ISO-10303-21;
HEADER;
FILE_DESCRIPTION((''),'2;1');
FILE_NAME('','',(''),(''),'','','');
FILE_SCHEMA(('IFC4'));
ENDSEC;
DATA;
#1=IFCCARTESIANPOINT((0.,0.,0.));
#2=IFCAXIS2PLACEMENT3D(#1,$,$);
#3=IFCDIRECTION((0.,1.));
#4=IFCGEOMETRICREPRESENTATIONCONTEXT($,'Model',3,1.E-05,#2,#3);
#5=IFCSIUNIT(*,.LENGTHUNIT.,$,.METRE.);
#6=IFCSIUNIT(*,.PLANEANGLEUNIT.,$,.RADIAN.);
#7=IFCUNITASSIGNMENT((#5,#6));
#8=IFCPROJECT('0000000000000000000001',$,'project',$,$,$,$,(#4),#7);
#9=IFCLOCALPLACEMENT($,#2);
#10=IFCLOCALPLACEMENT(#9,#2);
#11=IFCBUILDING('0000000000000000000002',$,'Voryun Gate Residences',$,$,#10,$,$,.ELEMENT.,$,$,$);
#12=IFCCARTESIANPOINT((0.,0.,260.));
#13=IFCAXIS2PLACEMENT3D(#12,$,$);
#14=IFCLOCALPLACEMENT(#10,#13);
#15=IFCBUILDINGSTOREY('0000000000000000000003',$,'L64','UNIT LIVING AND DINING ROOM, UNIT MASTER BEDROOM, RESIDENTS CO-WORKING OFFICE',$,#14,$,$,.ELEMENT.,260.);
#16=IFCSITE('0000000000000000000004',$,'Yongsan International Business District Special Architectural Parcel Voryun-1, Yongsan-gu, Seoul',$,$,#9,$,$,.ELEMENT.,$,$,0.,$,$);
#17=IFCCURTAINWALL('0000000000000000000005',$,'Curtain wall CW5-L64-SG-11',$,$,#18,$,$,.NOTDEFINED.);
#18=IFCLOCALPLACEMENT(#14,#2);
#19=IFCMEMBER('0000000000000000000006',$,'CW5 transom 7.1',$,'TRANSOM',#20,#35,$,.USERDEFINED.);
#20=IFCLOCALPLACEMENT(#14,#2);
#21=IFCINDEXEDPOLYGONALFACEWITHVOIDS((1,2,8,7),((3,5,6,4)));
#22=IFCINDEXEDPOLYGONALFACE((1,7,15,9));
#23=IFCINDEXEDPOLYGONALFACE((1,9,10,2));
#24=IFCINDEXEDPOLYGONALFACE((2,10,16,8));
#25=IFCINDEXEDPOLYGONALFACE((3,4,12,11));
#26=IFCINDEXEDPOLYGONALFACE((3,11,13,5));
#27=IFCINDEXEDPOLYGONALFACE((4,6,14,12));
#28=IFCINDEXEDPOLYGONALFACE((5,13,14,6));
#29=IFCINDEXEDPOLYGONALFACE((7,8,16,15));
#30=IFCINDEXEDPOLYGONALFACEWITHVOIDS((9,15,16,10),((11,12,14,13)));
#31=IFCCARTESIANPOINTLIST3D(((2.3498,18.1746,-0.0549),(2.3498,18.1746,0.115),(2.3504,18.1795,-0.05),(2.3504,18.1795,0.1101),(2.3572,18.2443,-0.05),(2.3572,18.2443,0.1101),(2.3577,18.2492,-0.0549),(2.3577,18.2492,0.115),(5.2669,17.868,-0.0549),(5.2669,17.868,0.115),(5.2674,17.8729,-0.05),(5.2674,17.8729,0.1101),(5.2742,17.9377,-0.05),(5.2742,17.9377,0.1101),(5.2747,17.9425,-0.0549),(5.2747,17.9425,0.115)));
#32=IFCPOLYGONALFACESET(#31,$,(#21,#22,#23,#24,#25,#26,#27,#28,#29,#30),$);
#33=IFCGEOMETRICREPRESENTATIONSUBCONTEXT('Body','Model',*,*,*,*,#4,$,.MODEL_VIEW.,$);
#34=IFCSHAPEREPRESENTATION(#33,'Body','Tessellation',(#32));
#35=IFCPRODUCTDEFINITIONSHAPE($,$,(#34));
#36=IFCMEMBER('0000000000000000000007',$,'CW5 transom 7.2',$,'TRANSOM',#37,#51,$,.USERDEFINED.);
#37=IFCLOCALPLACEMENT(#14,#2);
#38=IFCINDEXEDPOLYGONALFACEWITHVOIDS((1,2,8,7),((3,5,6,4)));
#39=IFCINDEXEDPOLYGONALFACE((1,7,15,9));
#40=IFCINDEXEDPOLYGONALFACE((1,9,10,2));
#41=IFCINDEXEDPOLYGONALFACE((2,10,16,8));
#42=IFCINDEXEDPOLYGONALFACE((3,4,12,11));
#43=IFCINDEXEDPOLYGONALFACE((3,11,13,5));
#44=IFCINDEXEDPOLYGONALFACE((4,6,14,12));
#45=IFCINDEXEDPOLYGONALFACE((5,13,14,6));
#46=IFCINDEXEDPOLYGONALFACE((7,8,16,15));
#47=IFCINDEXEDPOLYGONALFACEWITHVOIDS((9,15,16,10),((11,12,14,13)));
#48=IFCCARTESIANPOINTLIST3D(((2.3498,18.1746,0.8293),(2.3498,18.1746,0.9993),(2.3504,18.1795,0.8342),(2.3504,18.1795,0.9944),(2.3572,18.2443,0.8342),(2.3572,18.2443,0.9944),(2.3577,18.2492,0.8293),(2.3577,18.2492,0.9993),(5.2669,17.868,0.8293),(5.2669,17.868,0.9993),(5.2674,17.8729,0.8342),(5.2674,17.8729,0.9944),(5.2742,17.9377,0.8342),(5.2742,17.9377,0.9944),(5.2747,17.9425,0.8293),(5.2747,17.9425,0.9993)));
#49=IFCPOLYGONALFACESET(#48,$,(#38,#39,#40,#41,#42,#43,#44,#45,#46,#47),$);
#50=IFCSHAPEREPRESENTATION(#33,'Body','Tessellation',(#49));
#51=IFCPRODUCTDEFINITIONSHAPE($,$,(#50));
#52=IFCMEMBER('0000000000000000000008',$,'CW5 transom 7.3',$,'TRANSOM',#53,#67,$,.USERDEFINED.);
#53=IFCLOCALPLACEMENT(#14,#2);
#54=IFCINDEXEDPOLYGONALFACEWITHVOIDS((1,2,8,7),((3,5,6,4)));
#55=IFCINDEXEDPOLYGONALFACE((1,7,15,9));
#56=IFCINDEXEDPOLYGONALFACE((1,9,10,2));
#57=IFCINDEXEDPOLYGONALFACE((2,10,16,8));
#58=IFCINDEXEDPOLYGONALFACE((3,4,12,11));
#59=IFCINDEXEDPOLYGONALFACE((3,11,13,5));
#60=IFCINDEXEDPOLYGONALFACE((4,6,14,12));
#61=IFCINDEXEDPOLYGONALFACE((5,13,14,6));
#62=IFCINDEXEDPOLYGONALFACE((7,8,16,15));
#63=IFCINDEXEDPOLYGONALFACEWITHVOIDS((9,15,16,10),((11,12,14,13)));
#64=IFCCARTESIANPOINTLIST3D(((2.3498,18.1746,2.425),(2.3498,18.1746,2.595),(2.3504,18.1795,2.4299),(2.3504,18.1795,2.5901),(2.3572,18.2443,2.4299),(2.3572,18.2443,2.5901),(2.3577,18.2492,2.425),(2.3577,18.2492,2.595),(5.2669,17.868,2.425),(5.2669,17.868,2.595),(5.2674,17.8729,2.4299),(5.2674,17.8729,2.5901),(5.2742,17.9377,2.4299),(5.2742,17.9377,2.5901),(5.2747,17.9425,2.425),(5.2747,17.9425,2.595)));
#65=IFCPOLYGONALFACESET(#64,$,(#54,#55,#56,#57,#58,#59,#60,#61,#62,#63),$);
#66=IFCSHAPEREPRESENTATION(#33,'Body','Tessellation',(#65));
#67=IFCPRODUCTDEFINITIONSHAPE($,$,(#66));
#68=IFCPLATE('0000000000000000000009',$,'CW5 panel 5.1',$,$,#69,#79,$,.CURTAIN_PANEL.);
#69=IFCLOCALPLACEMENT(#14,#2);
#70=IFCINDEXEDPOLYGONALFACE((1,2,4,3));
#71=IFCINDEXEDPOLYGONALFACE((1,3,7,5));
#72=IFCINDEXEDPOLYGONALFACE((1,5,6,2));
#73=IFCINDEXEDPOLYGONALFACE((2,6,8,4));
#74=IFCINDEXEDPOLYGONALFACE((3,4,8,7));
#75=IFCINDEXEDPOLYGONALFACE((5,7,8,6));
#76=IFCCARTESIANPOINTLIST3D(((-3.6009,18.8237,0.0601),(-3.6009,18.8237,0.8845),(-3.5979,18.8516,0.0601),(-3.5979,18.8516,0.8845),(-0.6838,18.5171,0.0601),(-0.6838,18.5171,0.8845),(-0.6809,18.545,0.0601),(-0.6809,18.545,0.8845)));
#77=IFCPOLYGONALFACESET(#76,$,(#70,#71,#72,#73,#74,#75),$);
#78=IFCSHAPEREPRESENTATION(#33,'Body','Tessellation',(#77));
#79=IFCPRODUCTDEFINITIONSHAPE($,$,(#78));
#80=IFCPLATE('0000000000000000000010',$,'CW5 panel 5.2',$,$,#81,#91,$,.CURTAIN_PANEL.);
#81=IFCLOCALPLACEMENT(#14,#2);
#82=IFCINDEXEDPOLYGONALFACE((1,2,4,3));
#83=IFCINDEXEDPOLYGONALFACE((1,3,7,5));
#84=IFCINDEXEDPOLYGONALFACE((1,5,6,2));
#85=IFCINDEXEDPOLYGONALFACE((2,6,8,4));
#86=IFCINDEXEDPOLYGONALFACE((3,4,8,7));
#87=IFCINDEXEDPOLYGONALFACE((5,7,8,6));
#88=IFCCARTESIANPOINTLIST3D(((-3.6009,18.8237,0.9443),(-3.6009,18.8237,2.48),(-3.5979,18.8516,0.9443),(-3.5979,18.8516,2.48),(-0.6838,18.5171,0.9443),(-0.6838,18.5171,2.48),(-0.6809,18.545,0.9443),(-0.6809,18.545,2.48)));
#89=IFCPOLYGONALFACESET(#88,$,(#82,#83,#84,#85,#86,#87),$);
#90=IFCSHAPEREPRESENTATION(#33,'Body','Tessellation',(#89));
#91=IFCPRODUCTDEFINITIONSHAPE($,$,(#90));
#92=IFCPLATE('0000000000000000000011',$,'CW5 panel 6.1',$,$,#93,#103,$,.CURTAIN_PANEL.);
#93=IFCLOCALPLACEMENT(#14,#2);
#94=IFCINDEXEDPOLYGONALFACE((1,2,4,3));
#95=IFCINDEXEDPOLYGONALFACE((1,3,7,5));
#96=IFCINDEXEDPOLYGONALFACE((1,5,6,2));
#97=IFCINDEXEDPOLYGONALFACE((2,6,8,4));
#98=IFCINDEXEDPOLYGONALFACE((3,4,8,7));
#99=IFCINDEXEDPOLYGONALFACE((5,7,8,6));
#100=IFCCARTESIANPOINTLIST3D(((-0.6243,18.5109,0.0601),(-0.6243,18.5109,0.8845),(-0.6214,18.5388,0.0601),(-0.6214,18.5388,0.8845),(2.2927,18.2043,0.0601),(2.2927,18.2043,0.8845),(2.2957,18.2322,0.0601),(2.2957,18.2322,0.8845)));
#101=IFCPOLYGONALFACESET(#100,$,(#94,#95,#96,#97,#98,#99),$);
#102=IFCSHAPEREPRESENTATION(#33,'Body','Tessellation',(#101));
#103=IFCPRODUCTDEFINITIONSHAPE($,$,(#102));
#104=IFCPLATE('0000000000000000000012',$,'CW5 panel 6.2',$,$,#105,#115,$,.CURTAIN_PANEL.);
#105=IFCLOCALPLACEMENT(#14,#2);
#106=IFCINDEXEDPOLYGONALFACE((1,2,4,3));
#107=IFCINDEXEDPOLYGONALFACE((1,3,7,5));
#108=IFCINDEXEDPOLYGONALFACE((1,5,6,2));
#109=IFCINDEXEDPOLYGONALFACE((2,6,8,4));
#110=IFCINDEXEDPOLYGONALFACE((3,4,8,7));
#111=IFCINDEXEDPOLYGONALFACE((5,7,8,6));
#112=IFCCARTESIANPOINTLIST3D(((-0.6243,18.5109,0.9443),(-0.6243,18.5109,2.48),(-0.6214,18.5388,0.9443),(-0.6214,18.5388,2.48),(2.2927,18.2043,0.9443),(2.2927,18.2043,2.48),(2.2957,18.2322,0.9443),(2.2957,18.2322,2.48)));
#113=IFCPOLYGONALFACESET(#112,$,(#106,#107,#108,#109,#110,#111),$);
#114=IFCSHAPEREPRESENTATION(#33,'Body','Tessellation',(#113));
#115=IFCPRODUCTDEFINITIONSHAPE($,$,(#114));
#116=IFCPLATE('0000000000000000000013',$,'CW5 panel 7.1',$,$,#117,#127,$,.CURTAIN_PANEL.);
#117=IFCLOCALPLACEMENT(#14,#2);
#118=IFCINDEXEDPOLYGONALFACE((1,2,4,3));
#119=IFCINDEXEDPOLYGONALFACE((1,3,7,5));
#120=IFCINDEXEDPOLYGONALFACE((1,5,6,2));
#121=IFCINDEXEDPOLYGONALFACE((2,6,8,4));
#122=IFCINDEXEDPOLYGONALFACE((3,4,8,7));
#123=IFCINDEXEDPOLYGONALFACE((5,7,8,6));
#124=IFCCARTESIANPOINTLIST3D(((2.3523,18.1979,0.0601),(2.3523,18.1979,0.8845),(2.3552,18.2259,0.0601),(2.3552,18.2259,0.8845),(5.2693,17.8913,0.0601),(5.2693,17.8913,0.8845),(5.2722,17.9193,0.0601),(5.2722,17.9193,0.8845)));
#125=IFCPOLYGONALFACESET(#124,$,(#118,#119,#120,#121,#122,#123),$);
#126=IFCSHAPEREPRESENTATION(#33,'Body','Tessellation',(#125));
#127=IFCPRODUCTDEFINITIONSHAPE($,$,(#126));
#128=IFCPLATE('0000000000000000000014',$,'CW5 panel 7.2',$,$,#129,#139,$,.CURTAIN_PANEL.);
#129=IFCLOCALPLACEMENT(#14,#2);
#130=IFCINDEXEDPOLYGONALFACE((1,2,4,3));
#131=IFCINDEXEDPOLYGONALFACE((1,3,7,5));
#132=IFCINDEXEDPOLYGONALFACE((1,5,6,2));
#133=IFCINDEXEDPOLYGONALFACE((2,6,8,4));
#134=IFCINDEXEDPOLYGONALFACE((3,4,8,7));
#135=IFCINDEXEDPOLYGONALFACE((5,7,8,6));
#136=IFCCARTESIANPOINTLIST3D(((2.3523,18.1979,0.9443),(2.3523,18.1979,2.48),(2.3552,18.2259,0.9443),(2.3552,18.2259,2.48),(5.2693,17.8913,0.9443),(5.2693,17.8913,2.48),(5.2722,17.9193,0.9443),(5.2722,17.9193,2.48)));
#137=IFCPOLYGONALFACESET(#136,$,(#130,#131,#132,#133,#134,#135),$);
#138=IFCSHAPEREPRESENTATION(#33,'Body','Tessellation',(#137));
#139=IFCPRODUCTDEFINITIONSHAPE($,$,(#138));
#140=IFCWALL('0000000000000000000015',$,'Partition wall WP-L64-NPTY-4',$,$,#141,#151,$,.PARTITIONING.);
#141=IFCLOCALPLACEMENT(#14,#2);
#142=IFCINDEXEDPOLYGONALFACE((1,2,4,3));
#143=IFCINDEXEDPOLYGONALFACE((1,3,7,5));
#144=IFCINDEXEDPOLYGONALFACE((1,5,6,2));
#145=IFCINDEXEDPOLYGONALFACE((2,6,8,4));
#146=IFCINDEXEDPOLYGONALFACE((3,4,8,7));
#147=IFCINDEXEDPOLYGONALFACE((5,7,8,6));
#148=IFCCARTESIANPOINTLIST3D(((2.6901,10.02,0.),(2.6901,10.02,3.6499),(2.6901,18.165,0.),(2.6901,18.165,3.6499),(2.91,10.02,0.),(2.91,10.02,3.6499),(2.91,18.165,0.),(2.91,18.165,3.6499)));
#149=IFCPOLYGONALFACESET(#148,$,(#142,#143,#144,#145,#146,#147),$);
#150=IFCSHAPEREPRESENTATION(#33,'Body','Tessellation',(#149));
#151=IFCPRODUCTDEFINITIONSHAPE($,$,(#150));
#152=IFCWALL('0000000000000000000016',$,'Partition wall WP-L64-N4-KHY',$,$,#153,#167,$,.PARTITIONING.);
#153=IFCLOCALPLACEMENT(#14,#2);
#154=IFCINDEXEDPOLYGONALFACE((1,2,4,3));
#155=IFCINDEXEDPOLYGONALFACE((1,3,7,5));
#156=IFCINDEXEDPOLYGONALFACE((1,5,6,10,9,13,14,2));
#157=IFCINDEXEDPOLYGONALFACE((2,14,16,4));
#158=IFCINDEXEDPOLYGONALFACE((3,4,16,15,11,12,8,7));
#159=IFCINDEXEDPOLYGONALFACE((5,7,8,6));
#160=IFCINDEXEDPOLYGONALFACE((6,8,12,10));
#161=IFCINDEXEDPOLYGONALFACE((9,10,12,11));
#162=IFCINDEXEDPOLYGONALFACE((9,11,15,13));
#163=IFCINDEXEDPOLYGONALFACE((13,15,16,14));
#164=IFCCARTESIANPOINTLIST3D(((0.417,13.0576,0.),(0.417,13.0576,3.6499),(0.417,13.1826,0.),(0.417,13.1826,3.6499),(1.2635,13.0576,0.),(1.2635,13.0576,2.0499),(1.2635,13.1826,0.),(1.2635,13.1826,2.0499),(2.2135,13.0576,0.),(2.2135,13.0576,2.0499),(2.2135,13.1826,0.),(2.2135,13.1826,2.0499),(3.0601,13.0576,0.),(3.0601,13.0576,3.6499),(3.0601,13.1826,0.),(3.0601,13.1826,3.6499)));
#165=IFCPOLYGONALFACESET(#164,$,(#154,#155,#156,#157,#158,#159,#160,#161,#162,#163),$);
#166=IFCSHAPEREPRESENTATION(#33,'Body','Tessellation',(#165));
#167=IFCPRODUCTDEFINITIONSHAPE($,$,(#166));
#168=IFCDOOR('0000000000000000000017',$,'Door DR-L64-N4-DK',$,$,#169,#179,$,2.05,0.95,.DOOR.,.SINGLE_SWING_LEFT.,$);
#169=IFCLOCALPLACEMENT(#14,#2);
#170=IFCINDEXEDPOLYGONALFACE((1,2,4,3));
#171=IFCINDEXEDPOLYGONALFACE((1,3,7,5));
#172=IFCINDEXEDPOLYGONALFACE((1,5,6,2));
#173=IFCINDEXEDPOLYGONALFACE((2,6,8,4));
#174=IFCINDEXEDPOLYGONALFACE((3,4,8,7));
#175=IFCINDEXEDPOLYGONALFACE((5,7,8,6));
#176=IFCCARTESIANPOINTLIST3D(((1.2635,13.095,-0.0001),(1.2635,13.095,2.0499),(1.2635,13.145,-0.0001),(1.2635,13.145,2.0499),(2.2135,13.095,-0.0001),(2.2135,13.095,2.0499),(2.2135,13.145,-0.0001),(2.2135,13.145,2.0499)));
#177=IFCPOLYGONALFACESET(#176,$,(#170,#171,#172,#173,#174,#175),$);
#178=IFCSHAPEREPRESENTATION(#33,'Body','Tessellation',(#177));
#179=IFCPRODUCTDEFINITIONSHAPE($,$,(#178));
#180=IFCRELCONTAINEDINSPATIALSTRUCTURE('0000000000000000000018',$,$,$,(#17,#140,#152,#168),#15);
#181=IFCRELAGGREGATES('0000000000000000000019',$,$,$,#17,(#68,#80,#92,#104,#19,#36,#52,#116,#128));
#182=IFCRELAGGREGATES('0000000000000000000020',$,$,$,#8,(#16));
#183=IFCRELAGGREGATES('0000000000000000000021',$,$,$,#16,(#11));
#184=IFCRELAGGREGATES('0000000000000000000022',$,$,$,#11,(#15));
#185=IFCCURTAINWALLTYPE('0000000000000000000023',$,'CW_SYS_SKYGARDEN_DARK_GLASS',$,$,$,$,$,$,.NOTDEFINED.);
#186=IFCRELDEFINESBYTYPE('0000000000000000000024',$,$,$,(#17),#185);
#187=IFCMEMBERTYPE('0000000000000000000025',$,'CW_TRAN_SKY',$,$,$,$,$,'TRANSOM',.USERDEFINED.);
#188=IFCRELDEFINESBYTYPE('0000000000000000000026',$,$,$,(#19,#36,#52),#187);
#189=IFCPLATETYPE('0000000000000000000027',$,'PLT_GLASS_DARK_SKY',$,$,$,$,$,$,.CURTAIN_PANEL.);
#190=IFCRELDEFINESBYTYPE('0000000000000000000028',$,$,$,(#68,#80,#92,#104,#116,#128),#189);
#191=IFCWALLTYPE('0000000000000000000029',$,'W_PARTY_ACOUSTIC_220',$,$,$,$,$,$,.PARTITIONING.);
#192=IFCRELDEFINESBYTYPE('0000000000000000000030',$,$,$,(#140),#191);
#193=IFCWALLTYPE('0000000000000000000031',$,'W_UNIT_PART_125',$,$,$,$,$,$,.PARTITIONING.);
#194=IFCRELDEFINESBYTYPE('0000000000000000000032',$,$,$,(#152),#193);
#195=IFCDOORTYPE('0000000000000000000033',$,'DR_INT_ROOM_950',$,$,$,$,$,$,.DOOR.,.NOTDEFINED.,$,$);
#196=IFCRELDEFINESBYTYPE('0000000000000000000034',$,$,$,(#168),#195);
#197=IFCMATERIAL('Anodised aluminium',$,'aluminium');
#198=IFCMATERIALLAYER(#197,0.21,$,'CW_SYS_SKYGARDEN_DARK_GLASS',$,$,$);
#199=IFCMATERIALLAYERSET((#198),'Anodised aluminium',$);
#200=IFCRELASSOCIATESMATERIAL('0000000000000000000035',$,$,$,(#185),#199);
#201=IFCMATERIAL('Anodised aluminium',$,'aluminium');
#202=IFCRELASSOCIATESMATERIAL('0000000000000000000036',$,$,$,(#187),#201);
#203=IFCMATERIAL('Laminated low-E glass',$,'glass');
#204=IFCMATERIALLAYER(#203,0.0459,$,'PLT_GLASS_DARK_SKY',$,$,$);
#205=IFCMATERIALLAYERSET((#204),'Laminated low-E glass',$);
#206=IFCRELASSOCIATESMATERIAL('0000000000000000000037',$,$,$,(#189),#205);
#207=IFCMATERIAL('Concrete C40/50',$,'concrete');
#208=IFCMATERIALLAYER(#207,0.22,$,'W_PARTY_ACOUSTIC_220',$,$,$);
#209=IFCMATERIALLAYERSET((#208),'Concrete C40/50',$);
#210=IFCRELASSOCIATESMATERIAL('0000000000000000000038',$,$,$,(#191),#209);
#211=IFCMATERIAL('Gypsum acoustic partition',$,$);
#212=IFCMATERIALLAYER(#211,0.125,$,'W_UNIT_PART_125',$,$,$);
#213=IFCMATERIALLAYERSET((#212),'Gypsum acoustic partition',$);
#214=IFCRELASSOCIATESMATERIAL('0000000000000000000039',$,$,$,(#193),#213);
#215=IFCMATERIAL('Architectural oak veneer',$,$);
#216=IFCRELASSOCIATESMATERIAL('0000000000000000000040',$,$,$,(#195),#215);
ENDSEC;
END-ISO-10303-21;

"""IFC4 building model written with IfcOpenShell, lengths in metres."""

from ifc_helpers import new_model, si_unit, direction, frame, frame_2d, origin, origin_2d, place, context, subcontext, project, spatial, rectangle, hollow_rectangle, extrude, material, layer, layer_set, material_profile, profile_set, type_object, element, fill, aggregate, save


model = new_model("IFC4")

# Units and contexts
model_context = context("Model", 3, precision=1e-05, world=origin(), true_north=direction((0.0, 1.0)))
body_context = subcontext(model_context, "Body", "Model", "MODEL_VIEW")
ifc_project = project(units=[si_unit("LENGTHUNIT", "METRE"), si_unit("PLANEANGLEUNIT", "RADIAN")], contexts=[model_context])

# Site, building, storey
site_placement = place(None, origin())
site = spatial("IfcSite", under=ifc_project, at=site_placement, Name="Yongsan International Business District Special Architectural Parcel Voryun-1, Yongsan-gu, Seoul", CompositionType="ELEMENT", RefElevation=0.0)
building_placement = place(site_placement, origin())
building = spatial("IfcBuilding", under=site, at=building_placement, Name="Voryun Gate Residences", CompositionType="ELEMENT")
storey_placement = place(building_placement, frame((0.0, 0.0, 260.0)))
storey = spatial("IfcBuildingStorey", under=building, at=storey_placement, Name="L64", Description="UNIT LIVING AND DINING ROOM, UNIT MASTER BEDROOM, RESIDENTS CO-WORKING OFFICE", CompositionType="ELEMENT", Elevation=260.0)

# Curtain wall, members, plates
ifc_material_1 = material(Name="Anodised aluminium", Category="aluminium")
ifc_layer_1 = layer(ifc_material_1, 0.21, Name="CW_SYS_SKYGARDEN_DARK_GLASS")
ifc_layer_set_1 = layer_set([ifc_layer_1], Name="Anodised aluminium")
curtain_wall_type = type_object("IfcCurtainWallType", Name="CW_SYS_SKYGARDEN_DARK_GLASS", PredefinedType="NOTDEFINED", material=ifc_layer_set_1)
curtain_wall_placement = place(storey_placement, origin())
curtain_wall = element("IfcCurtainWall", 1, at=curtain_wall_placement, inside=storey, type_object=curtain_wall_type, Name="Curtain wall CW5-L64-SG-11", PredefinedType="NOTDEFINED")
ifc_material_2 = material(Name="Anodised aluminium", Category="aluminium")
ifc_material_profile_1 = material_profile(ifc_material_2, hollow_rectangle(XDim=0.075, YDim=0.1699, WallThickness=0.0049, at=origin_2d()), Name="ALU-TRAN-170x75x5")
ifc_profile_set_1 = profile_set([ifc_material_profile_1], Name="Anodised aluminium")
member_type_1 = type_object("IfcMemberType", Name="CW_TRAN_SKY", ElementType="TRANSOM", PredefinedType="USERDEFINED", material=ifc_profile_set_1)
member_1_placement = place(storey_placement, frame((2.3538, 18.2119, 0.03), z_axis=(0.99452, -0.104546, 0.0), x_axis=(0.104546, 0.99452, 0.0)))
member_1 = element("IfcMember", 2, at=member_1_placement, type_object=member_type_1, Name="CW5 transom 7.1", ObjectType="TRANSOM", PredefinedType="USERDEFINED", context=body_context, shape_type="SweptSolid", body=[
    extrude(hollow_rectangle(XDim=0.075, YDim=0.1699, WallThickness=0.0049, at=origin_2d()), origin(), (0.0, 0.0, 1.0), 2.9331),
])
member_2_placement = place(storey_placement, frame((2.3538, 18.2119, 0.9143), z_axis=(0.99452, -0.104546, 0.0), x_axis=(0.104546, 0.99452, 0.0)))
member_2 = element("IfcMember", 3, at=member_2_placement, type_object=member_type_1, Name="CW5 transom 7.2", ObjectType="TRANSOM", PredefinedType="USERDEFINED", context=body_context, shape_type="SweptSolid", body=[
    extrude(hollow_rectangle(XDim=0.075, YDim=0.1699, WallThickness=0.0049, at=origin_2d()), origin(), (0.0, 0.0, 1.0), 2.9331),
])
member_3_placement = place(storey_placement, frame((2.3538, 18.2119, 2.51), z_axis=(0.99452, -0.104546, 0.0), x_axis=(0.104546, 0.99452, 0.0)))
member_3 = element("IfcMember", 4, at=member_3_placement, type_object=member_type_1, Name="CW5 transom 7.3", ObjectType="TRANSOM", PredefinedType="USERDEFINED", context=body_context, shape_type="SweptSolid", body=[
    extrude(hollow_rectangle(XDim=0.075, YDim=0.1699, WallThickness=0.0049, at=origin_2d()), origin(), (0.0, 0.0, 1.0), 2.9331),
])
ifc_material_3 = material(Name="Laminated low-E glass", Category="glass")
ifc_layer_2 = layer(ifc_material_3, 0.0459, Name="PLT_GLASS_DARK_SKY")
ifc_layer_set_2 = layer_set([ifc_layer_2], Name="Laminated low-E glass")
plate_type = type_object("IfcPlateType", Name="PLT_GLASS_DARK_SKY", PredefinedType="CURTAIN_PANEL", material=ifc_layer_set_2)
plate_1_placement = place(storey_placement, frame((-2.1409, 18.6843, 0.0601), z_axis=(0.0, 0.0, 1.0), x_axis=(0.994521, -0.104532, 0.0)))
plate_1 = element("IfcPlate", 5, at=plate_1_placement, type_object=plate_type, Name="CW5 panel 5.1", PredefinedType="CURTAIN_PANEL", context=body_context, shape_type="SweptSolid", body=[
    extrude(rectangle(XDim=2.9331, YDim=0.0281, at=origin_2d()), origin(), (0.0, 0.0, 1.0), 0.8245),
])
plate_2_placement = place(storey_placement, frame((-2.1409, 18.6843, 0.9443), z_axis=(0.0, 0.0, 1.0), x_axis=(0.994521, -0.104532, 0.0)))
plate_2 = element("IfcPlate", 6, at=plate_2_placement, type_object=plate_type, Name="CW5 panel 5.2", PredefinedType="CURTAIN_PANEL", context=body_context, shape_type="SweptSolid", body=[
    extrude(rectangle(XDim=2.9331, YDim=0.0281, at=origin_2d()), origin(), (0.0, 0.0, 1.0), 1.5356),
])
plate_3_placement = place(storey_placement, frame((0.8357, 18.3716, 0.0601), z_axis=(0.0, 0.0, 1.0), x_axis=(0.994521, -0.104532, 0.0)))
plate_3 = element("IfcPlate", 7, at=plate_3_placement, type_object=plate_type, Name="CW5 panel 6.1", PredefinedType="CURTAIN_PANEL", context=body_context, shape_type="SweptSolid", body=[
    extrude(rectangle(XDim=2.9331, YDim=0.0281, at=origin_2d()), origin(), (0.0, 0.0, 1.0), 0.8245),
])
plate_4_placement = place(storey_placement, frame((0.8357, 18.3716, 0.9443), z_axis=(0.0, 0.0, 1.0), x_axis=(0.994521, -0.104532, 0.0)))
plate_4 = element("IfcPlate", 8, at=plate_4_placement, type_object=plate_type, Name="CW5 panel 6.2", PredefinedType="CURTAIN_PANEL", context=body_context, shape_type="SweptSolid", body=[
    extrude(rectangle(XDim=2.9331, YDim=0.0281, at=origin_2d()), origin(), (0.0, 0.0, 1.0), 1.5356),
])
plate_5_placement = place(storey_placement, frame((3.8123, 18.0586, 0.0601), z_axis=(0.0, 0.0, 1.0), x_axis=(0.994521, -0.104532, 0.0)))
plate_5 = element("IfcPlate", 9, at=plate_5_placement, type_object=plate_type, Name="CW5 panel 7.1", PredefinedType="CURTAIN_PANEL", context=body_context, shape_type="SweptSolid", body=[
    extrude(rectangle(XDim=2.9331, YDim=0.0281, at=origin_2d()), origin(), (0.0, 0.0, 1.0), 0.8245),
])
plate_6_placement = place(storey_placement, frame((3.8123, 18.0586, 0.9443), z_axis=(0.0, 0.0, 1.0), x_axis=(0.994521, -0.104532, 0.0)))
plate_6 = element("IfcPlate", 10, at=plate_6_placement, type_object=plate_type, Name="CW5 panel 7.2", PredefinedType="CURTAIN_PANEL", context=body_context, shape_type="SweptSolid", body=[
    extrude(rectangle(XDim=2.9331, YDim=0.0281, at=origin_2d()), origin(), (0.0, 0.0, 1.0), 1.5356),
])
aggregate(curtain_wall, [plate_1, plate_2, plate_3, plate_4, member_1, member_2, member_3, plate_5, plate_6])

# Wall
ifc_material_4 = material(Name="Concrete C40/50", Category="concrete")
ifc_layer_3 = layer(ifc_material_4, 0.22, Name="W_PARTY_ACOUSTIC_220")
ifc_layer_set_3 = layer_set([ifc_layer_3], Name="Concrete C40/50")
wall_type_1 = type_object("IfcWallType", Name="W_PARTY_ACOUSTIC_220", PredefinedType="PARTITIONING", material=ifc_layer_set_3)
wall_1_placement = place(storey_placement, frame((2.8, 10.02, 0.0), z_axis=(0.0, 0.0, 1.0), x_axis=(0.0, 1.0, 0.0)))
element("IfcWall", 11, at=wall_1_placement, inside=storey, type_object=wall_type_1, Name="Partition wall WP-L64-NPTY-4", PredefinedType="PARTITIONING", context=body_context, shape_type="SweptSolid", body=[
    extrude(rectangle(XDim=8.145, YDim=0.22, at=frame_2d((4.0725, 0.0))), origin(), (0.0, 0.0, 1.0), 3.6499),
])

# Wall, opening, door
ifc_material_5 = material(Name="Gypsum acoustic partition")
ifc_layer_4 = layer(ifc_material_5, 0.125, Name="W_UNIT_PART_125")
ifc_layer_set_4 = layer_set([ifc_layer_4], Name="Gypsum acoustic partition")
wall_type_2 = type_object("IfcWallType", Name="W_UNIT_PART_125", PredefinedType="PARTITIONING", material=ifc_layer_set_4)
wall_2_placement = place(storey_placement, frame((0.417, 13.1201, 0.0), z_axis=(0.0, 0.0, 1.0), x_axis=(1.0, 0.0, 0.0)))
wall_2 = element("IfcWall", 12, at=wall_2_placement, inside=storey, type_object=wall_type_2, Name="Partition wall WP-L64-N4-KHY", PredefinedType="PARTITIONING", context=body_context, shape_type="SweptSolid", body=[
    extrude(rectangle(XDim=2.6431, YDim=0.125, at=frame_2d((1.3215, 0.0))), origin(), (0.0, 0.0, 1.0), 3.6499),
])
opening_1_placement = place(wall_2_placement, frame((0.8464, 0.0, 0.0)))
opening_1 = element("IfcOpeningElement", 13, at=opening_1_placement, cuts=wall_2, PredefinedType="OPENING", context=body_context, shape_type="SweptSolid", body=[
    extrude(rectangle(XDim=0.95, YDim=2.05, at=frame_2d((0.4751, 1.0249))), frame((0.0, 0.0725, 0.0), z_axis=(0.0, -1.0, 0.0), x_axis=(1.0, 0.0, 0.0)), (0.0, 0.0, 1.0), 0.145),
])
ifc_material_6 = material(Name="Architectural oak veneer")
door_type_1 = type_object("IfcDoorType", Name="DR_INT_ROOM_950", OperationType="NOTDEFINED", PredefinedType="DOOR", material=ifc_material_6)
door_1_placement = place(opening_1_placement, origin())
door_1 = element("IfcDoor", 14, at=door_1_placement, inside=storey, type_object=door_type_1, Name="Door DR-L64-N4-DK", OperationType="SINGLE_SWING_LEFT", OverallHeight=2.05, OverallWidth=0.95, PredefinedType="DOOR", context=body_context, shape_type="SweptSolid", body=[
    extrude(rectangle(XDim=0.95, YDim=2.05, at=frame_2d((0.4751, 1.0249))), frame((0.0, 0.0249, 0.0), z_axis=(0.0, -1.0, 0.0), x_axis=(1.0, 0.0, 0.0)), (0.0, 0.0, 1.0), 0.05),
])
fill(opening_1, door_1)

save(model, "model.ifc")
